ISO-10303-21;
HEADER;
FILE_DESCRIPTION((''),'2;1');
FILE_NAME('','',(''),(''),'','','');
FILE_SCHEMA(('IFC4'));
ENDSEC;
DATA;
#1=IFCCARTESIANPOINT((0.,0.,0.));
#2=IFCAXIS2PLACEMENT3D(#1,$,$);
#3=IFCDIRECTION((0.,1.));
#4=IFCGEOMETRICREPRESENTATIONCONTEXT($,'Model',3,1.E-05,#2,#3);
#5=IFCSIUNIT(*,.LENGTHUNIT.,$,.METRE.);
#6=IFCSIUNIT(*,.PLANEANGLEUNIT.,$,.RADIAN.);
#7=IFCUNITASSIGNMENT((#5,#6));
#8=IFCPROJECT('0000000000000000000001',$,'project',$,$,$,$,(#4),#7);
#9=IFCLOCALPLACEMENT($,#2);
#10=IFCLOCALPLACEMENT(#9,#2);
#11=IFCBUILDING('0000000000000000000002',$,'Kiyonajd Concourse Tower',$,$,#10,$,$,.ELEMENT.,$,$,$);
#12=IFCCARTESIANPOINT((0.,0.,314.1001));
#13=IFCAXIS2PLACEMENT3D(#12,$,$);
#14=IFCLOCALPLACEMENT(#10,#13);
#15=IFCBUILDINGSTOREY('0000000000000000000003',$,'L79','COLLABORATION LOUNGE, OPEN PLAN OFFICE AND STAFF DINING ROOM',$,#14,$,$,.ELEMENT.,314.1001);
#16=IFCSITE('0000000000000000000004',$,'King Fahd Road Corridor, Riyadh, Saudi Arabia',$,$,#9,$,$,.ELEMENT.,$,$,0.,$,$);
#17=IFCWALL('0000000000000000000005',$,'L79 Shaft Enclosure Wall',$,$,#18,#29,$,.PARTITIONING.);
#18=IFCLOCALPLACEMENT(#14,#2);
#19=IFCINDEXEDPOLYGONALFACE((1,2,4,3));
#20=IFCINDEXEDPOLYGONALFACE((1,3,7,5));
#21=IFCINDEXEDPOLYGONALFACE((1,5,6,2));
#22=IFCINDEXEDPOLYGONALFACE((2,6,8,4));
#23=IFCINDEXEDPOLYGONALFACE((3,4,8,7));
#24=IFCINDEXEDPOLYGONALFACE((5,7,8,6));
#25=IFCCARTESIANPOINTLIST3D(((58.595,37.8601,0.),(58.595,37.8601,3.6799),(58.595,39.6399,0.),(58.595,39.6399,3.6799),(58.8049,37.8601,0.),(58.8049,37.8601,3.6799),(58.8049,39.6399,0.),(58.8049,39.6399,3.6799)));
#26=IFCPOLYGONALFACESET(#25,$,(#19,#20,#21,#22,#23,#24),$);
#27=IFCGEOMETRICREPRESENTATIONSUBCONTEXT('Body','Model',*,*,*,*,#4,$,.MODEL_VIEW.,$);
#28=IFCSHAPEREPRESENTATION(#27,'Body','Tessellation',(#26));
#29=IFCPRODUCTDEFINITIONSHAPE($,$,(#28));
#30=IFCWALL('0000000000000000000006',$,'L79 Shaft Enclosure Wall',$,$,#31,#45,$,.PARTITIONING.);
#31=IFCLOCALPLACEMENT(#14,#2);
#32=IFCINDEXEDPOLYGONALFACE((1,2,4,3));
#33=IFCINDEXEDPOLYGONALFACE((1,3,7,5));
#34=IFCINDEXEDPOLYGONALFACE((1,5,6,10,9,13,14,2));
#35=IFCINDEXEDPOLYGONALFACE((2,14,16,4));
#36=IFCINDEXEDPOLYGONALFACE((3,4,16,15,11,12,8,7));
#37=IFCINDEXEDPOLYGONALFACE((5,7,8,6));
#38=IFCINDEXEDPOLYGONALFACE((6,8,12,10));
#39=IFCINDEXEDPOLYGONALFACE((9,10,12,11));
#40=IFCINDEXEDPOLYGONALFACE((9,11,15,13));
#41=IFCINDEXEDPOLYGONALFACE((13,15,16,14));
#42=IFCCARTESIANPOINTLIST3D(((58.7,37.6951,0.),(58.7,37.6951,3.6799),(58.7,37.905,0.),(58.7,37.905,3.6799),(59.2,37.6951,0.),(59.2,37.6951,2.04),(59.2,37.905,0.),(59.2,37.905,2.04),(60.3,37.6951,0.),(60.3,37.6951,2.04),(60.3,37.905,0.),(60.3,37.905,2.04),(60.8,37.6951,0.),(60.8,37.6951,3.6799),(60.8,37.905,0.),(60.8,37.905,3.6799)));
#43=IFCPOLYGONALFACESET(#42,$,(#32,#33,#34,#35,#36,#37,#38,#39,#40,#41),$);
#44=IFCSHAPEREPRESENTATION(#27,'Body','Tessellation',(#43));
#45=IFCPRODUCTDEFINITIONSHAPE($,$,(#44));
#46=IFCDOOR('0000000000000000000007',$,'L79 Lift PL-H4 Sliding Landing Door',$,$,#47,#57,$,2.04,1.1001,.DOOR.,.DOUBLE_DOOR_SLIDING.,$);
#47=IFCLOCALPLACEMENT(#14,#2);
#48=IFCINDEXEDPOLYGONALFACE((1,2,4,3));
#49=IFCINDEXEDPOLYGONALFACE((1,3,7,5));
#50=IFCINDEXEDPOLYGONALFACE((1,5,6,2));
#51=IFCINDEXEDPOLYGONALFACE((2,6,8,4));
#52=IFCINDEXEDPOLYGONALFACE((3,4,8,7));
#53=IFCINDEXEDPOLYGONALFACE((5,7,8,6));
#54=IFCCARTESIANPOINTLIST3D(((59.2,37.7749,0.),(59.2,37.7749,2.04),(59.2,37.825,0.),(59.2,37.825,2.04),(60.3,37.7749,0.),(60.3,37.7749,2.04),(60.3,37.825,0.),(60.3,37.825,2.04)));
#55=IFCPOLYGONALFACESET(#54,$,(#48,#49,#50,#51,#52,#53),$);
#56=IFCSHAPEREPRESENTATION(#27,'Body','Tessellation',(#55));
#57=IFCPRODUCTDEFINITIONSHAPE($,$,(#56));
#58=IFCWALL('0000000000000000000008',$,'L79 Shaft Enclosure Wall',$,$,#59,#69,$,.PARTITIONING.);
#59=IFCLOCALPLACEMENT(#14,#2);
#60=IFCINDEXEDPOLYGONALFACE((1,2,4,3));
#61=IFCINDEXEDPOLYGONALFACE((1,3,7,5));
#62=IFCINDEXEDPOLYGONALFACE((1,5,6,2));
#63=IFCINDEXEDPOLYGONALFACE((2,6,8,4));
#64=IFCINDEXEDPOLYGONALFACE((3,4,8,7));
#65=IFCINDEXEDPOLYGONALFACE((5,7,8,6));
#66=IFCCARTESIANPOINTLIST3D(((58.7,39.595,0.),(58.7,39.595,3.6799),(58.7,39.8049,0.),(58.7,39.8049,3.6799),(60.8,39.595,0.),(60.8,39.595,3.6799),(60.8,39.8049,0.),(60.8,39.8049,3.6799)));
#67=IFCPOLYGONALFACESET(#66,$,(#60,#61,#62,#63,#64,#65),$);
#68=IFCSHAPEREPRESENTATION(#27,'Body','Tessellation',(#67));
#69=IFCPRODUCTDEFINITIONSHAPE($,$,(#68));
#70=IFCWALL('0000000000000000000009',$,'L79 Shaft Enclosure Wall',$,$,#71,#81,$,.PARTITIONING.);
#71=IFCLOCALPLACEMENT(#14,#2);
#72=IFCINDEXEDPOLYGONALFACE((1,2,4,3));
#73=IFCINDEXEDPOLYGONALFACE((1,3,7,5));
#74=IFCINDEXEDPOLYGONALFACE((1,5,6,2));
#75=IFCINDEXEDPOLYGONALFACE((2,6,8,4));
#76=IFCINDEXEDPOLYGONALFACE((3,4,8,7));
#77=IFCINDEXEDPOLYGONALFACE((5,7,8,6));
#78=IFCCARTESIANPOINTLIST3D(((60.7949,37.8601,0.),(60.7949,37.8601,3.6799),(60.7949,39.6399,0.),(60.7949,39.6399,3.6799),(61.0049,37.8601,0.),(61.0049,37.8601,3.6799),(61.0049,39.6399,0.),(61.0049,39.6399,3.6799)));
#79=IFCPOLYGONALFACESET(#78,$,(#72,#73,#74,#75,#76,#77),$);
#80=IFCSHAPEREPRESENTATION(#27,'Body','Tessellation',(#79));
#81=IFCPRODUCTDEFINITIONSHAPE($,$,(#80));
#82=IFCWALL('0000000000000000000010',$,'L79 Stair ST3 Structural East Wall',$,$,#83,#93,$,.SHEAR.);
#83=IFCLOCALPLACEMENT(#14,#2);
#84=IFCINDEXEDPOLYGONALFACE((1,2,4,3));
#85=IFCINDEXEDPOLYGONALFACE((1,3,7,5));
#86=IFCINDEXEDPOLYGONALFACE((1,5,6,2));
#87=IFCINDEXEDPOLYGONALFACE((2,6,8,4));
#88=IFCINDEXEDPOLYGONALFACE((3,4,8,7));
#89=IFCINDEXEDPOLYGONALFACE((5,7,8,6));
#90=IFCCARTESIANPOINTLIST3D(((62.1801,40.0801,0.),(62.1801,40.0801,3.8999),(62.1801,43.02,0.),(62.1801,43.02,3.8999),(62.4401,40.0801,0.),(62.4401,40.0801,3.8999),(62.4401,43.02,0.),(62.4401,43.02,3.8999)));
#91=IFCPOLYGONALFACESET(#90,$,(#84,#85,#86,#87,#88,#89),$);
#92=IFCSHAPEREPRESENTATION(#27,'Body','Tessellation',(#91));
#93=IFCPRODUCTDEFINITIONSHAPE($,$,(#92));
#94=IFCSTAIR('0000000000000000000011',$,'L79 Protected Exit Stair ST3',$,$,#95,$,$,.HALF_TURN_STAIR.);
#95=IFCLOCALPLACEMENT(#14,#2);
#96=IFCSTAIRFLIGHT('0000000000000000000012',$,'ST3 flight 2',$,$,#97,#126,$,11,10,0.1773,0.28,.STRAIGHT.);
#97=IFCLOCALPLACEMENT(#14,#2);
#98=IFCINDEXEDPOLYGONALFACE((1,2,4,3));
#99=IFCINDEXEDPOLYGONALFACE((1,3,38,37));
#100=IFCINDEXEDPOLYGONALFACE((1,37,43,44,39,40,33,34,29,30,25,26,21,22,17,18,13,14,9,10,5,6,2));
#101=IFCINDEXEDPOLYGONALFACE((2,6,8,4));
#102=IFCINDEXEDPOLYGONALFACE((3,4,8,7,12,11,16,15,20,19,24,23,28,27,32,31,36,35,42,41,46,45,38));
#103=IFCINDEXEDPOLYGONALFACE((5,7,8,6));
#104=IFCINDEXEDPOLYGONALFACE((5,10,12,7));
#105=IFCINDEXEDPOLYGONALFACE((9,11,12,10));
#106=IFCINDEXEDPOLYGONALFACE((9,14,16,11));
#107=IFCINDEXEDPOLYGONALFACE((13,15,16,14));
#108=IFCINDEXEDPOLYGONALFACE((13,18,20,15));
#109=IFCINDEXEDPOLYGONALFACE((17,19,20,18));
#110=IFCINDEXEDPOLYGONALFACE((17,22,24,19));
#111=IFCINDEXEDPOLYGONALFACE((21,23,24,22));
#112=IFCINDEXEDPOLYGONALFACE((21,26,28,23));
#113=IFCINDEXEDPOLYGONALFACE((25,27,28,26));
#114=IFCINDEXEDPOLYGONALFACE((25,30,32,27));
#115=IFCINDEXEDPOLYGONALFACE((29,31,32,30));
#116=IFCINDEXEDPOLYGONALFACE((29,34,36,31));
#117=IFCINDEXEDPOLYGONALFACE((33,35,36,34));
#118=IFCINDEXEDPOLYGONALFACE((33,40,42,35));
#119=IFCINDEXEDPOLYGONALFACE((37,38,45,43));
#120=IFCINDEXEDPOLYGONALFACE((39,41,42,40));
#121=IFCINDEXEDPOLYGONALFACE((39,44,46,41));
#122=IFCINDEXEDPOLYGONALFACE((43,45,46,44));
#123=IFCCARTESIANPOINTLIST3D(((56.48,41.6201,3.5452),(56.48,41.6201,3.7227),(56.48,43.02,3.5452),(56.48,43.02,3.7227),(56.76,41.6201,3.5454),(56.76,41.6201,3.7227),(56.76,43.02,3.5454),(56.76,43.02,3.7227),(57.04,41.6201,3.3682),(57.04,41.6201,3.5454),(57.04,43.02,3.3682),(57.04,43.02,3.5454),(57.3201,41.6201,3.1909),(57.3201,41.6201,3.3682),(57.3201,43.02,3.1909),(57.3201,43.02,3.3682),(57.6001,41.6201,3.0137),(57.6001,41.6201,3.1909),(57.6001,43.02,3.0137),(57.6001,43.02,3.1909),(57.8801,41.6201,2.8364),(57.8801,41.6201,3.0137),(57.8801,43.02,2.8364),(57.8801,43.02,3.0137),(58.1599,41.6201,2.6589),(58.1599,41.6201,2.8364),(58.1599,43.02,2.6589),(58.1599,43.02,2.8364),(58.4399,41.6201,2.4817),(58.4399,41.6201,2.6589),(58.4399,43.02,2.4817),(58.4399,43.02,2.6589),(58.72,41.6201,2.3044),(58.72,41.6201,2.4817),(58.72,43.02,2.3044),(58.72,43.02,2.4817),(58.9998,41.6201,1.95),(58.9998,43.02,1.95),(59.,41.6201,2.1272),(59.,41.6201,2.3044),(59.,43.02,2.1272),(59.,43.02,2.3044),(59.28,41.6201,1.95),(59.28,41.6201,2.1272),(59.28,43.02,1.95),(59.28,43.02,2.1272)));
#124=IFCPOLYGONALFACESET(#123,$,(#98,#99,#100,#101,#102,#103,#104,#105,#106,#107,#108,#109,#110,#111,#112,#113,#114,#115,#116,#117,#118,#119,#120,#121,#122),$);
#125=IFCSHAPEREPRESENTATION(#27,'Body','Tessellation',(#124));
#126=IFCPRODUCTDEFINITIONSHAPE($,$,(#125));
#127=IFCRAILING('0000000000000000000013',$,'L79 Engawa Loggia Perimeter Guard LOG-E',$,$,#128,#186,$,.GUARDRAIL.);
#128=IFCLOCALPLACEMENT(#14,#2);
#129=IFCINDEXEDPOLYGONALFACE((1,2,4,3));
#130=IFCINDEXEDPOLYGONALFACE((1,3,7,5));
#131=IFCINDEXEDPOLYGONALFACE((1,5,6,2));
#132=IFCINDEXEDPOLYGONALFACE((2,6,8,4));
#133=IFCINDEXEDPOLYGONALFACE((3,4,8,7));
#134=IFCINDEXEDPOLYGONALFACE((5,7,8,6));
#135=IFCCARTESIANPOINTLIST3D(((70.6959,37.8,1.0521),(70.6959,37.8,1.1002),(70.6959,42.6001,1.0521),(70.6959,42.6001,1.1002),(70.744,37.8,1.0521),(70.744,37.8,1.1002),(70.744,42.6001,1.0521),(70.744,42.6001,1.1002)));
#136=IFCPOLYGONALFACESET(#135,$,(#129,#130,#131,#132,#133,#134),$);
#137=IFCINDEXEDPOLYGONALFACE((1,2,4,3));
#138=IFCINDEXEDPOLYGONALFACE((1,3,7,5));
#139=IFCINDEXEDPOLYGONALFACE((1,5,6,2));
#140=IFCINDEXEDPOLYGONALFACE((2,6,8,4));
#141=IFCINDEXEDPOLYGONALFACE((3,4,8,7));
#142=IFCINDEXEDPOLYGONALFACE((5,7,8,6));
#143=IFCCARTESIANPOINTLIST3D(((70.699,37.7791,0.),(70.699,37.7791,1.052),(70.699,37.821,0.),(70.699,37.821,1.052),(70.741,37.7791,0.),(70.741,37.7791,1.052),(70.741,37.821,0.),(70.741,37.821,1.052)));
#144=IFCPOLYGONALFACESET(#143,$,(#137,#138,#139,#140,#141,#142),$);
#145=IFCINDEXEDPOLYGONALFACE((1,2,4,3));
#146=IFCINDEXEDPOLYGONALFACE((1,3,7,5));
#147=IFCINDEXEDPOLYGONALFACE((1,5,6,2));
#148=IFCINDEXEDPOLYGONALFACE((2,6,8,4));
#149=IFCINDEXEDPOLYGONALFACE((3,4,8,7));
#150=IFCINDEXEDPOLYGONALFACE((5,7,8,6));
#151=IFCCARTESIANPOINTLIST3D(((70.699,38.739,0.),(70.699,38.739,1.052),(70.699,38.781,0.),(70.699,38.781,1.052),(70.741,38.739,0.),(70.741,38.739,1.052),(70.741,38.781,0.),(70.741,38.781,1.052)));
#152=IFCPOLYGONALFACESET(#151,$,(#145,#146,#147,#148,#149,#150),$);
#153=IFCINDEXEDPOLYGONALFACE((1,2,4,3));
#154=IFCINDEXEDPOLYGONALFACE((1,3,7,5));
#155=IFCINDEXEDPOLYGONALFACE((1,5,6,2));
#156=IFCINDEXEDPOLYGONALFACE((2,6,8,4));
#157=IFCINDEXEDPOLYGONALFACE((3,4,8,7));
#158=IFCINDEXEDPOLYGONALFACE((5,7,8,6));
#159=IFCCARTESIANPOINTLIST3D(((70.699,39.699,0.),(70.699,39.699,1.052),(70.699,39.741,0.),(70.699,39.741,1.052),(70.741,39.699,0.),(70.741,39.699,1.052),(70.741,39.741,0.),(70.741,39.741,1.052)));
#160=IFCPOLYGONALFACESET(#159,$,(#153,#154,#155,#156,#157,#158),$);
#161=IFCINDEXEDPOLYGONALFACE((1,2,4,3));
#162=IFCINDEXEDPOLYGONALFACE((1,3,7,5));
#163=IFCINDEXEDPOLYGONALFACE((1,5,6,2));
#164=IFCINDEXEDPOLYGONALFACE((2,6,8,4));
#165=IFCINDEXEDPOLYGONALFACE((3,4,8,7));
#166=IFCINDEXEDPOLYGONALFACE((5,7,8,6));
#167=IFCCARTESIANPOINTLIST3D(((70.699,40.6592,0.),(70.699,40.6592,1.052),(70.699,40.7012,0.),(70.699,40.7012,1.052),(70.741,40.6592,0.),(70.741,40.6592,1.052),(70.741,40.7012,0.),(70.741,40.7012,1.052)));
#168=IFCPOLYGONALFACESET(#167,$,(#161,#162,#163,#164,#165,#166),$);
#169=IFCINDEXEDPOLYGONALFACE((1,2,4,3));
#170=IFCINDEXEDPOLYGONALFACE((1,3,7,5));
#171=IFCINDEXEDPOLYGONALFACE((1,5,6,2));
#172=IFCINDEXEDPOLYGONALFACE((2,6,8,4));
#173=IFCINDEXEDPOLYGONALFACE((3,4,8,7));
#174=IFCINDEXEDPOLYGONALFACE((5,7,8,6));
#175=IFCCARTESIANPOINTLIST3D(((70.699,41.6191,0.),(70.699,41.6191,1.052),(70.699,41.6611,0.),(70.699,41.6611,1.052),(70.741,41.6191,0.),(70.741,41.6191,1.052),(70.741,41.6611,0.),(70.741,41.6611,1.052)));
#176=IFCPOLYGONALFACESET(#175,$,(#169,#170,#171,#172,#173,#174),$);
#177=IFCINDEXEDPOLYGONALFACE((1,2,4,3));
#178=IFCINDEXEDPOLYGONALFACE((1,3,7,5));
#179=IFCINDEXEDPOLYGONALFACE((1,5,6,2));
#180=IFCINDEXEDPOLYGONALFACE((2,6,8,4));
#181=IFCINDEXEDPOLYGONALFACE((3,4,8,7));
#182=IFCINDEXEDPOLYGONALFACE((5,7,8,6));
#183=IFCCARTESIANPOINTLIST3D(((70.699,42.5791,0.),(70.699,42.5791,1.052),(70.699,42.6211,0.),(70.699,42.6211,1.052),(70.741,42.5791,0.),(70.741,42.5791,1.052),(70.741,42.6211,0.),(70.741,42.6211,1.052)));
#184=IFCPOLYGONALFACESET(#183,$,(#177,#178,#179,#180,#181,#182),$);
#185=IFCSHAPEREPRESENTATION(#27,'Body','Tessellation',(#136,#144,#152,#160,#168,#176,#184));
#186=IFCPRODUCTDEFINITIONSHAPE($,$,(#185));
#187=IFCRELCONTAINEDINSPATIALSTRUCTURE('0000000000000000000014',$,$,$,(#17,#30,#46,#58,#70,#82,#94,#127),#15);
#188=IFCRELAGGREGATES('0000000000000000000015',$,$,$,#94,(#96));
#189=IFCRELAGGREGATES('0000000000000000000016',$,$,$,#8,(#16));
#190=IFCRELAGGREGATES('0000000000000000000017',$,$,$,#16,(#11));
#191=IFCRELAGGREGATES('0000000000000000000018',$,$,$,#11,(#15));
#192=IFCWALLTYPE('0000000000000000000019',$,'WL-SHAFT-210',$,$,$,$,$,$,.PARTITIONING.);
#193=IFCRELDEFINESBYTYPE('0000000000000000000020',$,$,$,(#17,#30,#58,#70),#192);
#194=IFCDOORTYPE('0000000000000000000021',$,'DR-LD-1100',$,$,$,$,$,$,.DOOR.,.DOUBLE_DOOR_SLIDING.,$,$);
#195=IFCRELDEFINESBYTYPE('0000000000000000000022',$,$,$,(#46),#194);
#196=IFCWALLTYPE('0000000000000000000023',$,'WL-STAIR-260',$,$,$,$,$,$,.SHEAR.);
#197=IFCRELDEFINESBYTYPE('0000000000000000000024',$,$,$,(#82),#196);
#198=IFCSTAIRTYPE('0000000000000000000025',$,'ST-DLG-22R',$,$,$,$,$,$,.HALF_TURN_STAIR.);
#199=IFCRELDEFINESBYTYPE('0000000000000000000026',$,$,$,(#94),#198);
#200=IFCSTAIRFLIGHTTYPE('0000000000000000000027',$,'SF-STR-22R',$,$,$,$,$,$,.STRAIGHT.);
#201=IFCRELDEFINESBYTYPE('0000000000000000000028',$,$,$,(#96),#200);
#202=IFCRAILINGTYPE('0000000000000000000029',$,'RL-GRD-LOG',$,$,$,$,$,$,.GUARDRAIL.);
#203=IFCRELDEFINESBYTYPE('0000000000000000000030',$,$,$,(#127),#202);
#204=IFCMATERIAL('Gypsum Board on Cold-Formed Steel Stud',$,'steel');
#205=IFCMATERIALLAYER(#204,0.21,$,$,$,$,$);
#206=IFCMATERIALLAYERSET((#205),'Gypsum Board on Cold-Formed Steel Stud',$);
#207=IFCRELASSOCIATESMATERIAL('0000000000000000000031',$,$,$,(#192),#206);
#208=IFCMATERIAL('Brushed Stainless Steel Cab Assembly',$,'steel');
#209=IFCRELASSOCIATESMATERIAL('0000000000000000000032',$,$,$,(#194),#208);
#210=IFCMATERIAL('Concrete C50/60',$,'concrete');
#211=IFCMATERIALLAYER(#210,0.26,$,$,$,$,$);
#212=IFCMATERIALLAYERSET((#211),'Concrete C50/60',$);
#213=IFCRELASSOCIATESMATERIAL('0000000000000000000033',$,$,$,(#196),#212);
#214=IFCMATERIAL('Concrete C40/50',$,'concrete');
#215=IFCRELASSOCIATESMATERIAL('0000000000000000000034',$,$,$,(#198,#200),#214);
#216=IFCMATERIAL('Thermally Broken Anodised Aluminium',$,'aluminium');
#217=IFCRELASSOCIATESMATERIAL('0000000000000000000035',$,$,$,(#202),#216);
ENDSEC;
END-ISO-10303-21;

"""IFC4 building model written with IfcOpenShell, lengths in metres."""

from ifc_helpers import new_model, si_unit, direction, frame, frame_2d, origin, origin_2d, place, context, subcontext, project, spatial, polyline, rectangle, outline, extrude, material, layer, layer_set, type_object, element, fill, aggregate, save


model = new_model("IFC4")

# Units and contexts
model_context = context("Model", 3, precision=1e-05, world=origin(), true_north=direction((0.0, 1.0)))
body_context = subcontext(model_context, "Body", "Model", "MODEL_VIEW")
ifc_project = project(units=[si_unit("LENGTHUNIT", "METRE"), si_unit("PLANEANGLEUNIT", "RADIAN")], contexts=[model_context])

# Site, building, storey
site_placement = place(None, origin())
site = spatial("IfcSite", under=ifc_project, at=site_placement, Name="King Fahd Road Corridor, Riyadh, Saudi Arabia", CompositionType="ELEMENT", RefElevation=0.0)
building_placement = place(site_placement, origin())
building = spatial("IfcBuilding", under=site, at=building_placement, Name="Kiyonajd Concourse Tower", CompositionType="ELEMENT")
storey_placement = place(building_placement, frame((0.0, 0.0, 314.1001)))
storey = spatial("IfcBuildingStorey", under=building, at=storey_placement, Name="L79", Description="COLLABORATION LOUNGE, OPEN PLAN OFFICE AND STAFF DINING ROOM", CompositionType="ELEMENT", Elevation=314.1001)

# Shared definitions
ifc_material_1 = material(Name="Thermally Broken Anodised Aluminium", Category="aluminium")

# Wall
ifc_material_2 = material(Name="Gypsum Board on Cold-Formed Steel Stud", Category="steel")
ifc_layer_1 = layer(ifc_material_2, 0.21)
ifc_layer_set_1 = layer_set([ifc_layer_1], Name="Gypsum Board on Cold-Formed Steel Stud")
wall_type_1 = type_object("IfcWallType", Name="WL-SHAFT-210", PredefinedType="PARTITIONING", material=ifc_layer_set_1)
wall_1_placement = place(storey_placement, frame((58.7, 37.8601, 0.0), z_axis=(0.0, 0.0, 1.0), x_axis=(0.0, 1.0, 0.0)))
element("IfcWall", 1, at=wall_1_placement, inside=storey, type_object=wall_type_1, Name="L79 Shaft Enclosure Wall", PredefinedType="PARTITIONING", context=body_context, shape_type="SweptSolid", body=[
    extrude(rectangle(XDim=1.7798, YDim=0.21, at=frame_2d((0.8899, 0.0))), origin(), (0.0, 0.0, 1.0), 3.6799),
])

# Wall, opening, door
wall_2_placement = place(storey_placement, frame((58.7, 37.8, 0.0), z_axis=(0.0, 0.0, 1.0), x_axis=(1.0, 0.0, 0.0)))
wall_2 = element("IfcWall", 2, at=wall_2_placement, inside=storey, type_object=wall_type_1, Name="L79 Shaft Enclosure Wall", PredefinedType="PARTITIONING", context=body_context, shape_type="SweptSolid", body=[
    extrude(rectangle(XDim=2.1001, YDim=0.21, at=frame_2d((1.05, 0.0))), origin(), (0.0, 0.0, 1.0), 3.6799),
])
opening_1_placement = place(wall_2_placement, frame((0.5, 0.0, 0.0)))
opening_1 = element("IfcOpeningElement", 3, at=opening_1_placement, cuts=wall_2, PredefinedType="OPENING", context=body_context, shape_type="SweptSolid", body=[
    extrude(rectangle(XDim=1.1001, YDim=2.04, at=frame_2d((0.55, 1.02))), frame((0.0, 0.115, 0.0), z_axis=(0.0, -1.0, 0.0), x_axis=(1.0, 0.0, 0.0)), (0.0, 0.0, 1.0), 0.23),
])
ifc_material_3 = material(Name="Brushed Stainless Steel Cab Assembly", Category="steel")
door_type_1 = type_object("IfcDoorType", Name="DR-LD-1100", OperationType="DOUBLE_DOOR_SLIDING", PredefinedType="DOOR", material=ifc_material_3)
door_1_placement = place(opening_1_placement, origin())
door_1 = element("IfcDoor", 4, at=door_1_placement, inside=storey, type_object=door_type_1, Name="L79 Lift PL-H4 Sliding Landing Door", OperationType="DOUBLE_DOOR_SLIDING", OverallHeight=2.04, OverallWidth=1.1001, PredefinedType="DOOR", context=body_context, shape_type="SweptSolid", body=[
    extrude(rectangle(XDim=1.1001, YDim=2.04, at=frame_2d((0.55, 1.02))), frame((0.0, 0.0249, 0.0), z_axis=(0.0, -1.0, 0.0), x_axis=(1.0, 0.0, 0.0)), (0.0, 0.0, 1.0), 0.05),
])
fill(opening_1, door_1)

# Walls
wall_3_placement = place(storey_placement, frame((58.7, 39.7, 0.0), z_axis=(0.0, 0.0, 1.0), x_axis=(1.0, 0.0, 0.0)))
element("IfcWall", 5, at=wall_3_placement, inside=storey, type_object=wall_type_1, Name="L79 Shaft Enclosure Wall", PredefinedType="PARTITIONING", context=body_context, shape_type="SweptSolid", body=[
    extrude(rectangle(XDim=2.1001, YDim=0.21, at=frame_2d((1.05, 0.0))), origin(), (0.0, 0.0, 1.0), 3.6799),
])
wall_4_placement = place(storey_placement, frame((60.8999, 37.8601, 0.0), z_axis=(0.0, 0.0, 1.0), x_axis=(0.0, 1.0, 0.0)))
element("IfcWall", 6, at=wall_4_placement, inside=storey, type_object=wall_type_1, Name="L79 Shaft Enclosure Wall", PredefinedType="PARTITIONING", context=body_context, shape_type="SweptSolid", body=[
    extrude(rectangle(XDim=1.7798, YDim=0.21, at=frame_2d((0.8899, 0.0))), origin(), (0.0, 0.0, 1.0), 3.6799),
])
ifc_material_4 = material(Name="Concrete C50/60", Category="concrete")
ifc_layer_2 = layer(ifc_material_4, 0.26)
ifc_layer_set_2 = layer_set([ifc_layer_2], Name="Concrete C50/60")
wall_type_2 = type_object("IfcWallType", Name="WL-STAIR-260", PredefinedType="SHEAR", material=ifc_layer_set_2)
wall_5_placement = place(storey_placement, frame((62.3101, 40.0801, 0.0), z_axis=(0.0, 0.0, 1.0), x_axis=(0.0, 1.0, 0.0)))
element("IfcWall", 7, at=wall_5_placement, inside=storey, type_object=wall_type_2, Name="L79 Stair ST3 Structural East Wall", PredefinedType="SHEAR", context=body_context, shape_type="SweptSolid", body=[
    extrude(rectangle(XDim=2.9399, YDim=0.26, at=frame_2d((1.47, 0.0))), origin(), (0.0, 0.0, 1.0), 3.8999),
])

# Stair, stair flight
ifc_material_5 = material(Name="Concrete C40/50", Category="concrete")
stair_type = type_object("IfcStairType", Name="ST-DLG-22R", PredefinedType="HALF_TURN_STAIR", material=ifc_material_5)
stair_placement = place(storey_placement, origin())
stair = element("IfcStair", 8, at=stair_placement, inside=storey, type_object=stair_type, Name="L79 Protected Exit Stair ST3", PredefinedType="HALF_TURN_STAIR")
stair_flight_type = type_object("IfcStairFlightType", Name="SF-STR-22R", PredefinedType="STRAIGHT", material=ifc_material_5)
stair_flight_placement = place(storey_placement, frame((59.28, 42.3201, 1.95), z_axis=(0.0, 0.0, 1.0), x_axis=(-1.0, 0.0, 0.0)))
stair_flight = element("IfcStairFlight", 9, at=stair_flight_placement, type_object=stair_flight_type, Name="ST3 flight 2", NumberOfRisers=11, NumberOfTreads=10, PredefinedType="STRAIGHT", RiserHeight=0.1773, TreadLength=0.28, context=body_context, shape_type="SweptSolid", body=[
    extrude(outline(polyline([(0.0, 0.0), (0.0, 0.1772), (0.28, 0.1772), (0.28, 0.3545), (0.5601, 0.3545), (0.5601, 0.5317), (0.8401, 0.5317), (0.8401, 0.709), (1.1201, 0.709), (1.1201, 0.8865), (1.3999, 0.8865), (1.3999, 1.0637), (1.6799, 1.0637), (1.6799, 1.241), (1.96, 1.241), (1.96, 1.4182), (2.24, 1.4182), (2.24, 1.5955), (2.52, 1.5955), (2.52, 1.7727), (2.8, 1.7727), (2.8, 1.95), (2.8, 1.5952), (0.2803, 0.0), (0.0, 0.0)])), frame((0.0, 0.7, 0.0), z_axis=(0.0, -1.0, 0.0), x_axis=(1.0, 0.0, 0.0)), (0.0, 0.0, 1.0), 1.3999),
])
aggregate(stair, [stair_flight])

# Railing
railing_type_1 = type_object("IfcRailingType", Name="RL-GRD-LOG", PredefinedType="GUARDRAIL", material=ifc_material_1)
railing_1_placement = place(storey_placement, frame((70.72, 37.8, 0.0)))
element("IfcRailing", 10, at=railing_1_placement, inside=storey, type_object=railing_type_1, Name="L79 Engawa Loggia Perimeter Guard LOG-E", PredefinedType="GUARDRAIL", context=body_context, shape_type="SweptSolid", body=[
    extrude(rectangle(XDim=0.0481, YDim=0.0481, at=origin_2d()), frame((0.0, 0.0, 1.0762), z_axis=(0.0, 1.0, 0.0), x_axis=(-1.0, 0.0, 0.0)), (0.0, 0.0, 1.0), 4.8),
    extrude(rectangle(XDim=0.042, YDim=0.042, at=origin_2d()), origin(), (0.0, 0.0, 1.0), 1.052),
    extrude(rectangle(XDim=0.042, YDim=0.042, at=origin_2d()), frame((0.0, 0.96, 0.0)), (0.0, 0.0, 1.0), 1.052),
    extrude(rectangle(XDim=0.042, YDim=0.042, at=origin_2d()), frame((0.0, 1.9199, 0.0)), (0.0, 0.0, 1.0), 1.052),
    extrude(rectangle(XDim=0.042, YDim=0.042, at=origin_2d()), frame((0.0, 2.8801, 0.0)), (0.0, 0.0, 1.0), 1.052),
    extrude(rectangle(XDim=0.042, YDim=0.042, at=origin_2d()), frame((0.0, 3.8401, 0.0)), (0.0, 0.0, 1.0), 1.052),
    extrude(rectangle(XDim=0.042, YDim=0.042, at=origin_2d()), frame((0.0, 4.8, 0.0)), (0.0, 0.0, 1.0), 1.052),
])

save(model, "model.ifc")
